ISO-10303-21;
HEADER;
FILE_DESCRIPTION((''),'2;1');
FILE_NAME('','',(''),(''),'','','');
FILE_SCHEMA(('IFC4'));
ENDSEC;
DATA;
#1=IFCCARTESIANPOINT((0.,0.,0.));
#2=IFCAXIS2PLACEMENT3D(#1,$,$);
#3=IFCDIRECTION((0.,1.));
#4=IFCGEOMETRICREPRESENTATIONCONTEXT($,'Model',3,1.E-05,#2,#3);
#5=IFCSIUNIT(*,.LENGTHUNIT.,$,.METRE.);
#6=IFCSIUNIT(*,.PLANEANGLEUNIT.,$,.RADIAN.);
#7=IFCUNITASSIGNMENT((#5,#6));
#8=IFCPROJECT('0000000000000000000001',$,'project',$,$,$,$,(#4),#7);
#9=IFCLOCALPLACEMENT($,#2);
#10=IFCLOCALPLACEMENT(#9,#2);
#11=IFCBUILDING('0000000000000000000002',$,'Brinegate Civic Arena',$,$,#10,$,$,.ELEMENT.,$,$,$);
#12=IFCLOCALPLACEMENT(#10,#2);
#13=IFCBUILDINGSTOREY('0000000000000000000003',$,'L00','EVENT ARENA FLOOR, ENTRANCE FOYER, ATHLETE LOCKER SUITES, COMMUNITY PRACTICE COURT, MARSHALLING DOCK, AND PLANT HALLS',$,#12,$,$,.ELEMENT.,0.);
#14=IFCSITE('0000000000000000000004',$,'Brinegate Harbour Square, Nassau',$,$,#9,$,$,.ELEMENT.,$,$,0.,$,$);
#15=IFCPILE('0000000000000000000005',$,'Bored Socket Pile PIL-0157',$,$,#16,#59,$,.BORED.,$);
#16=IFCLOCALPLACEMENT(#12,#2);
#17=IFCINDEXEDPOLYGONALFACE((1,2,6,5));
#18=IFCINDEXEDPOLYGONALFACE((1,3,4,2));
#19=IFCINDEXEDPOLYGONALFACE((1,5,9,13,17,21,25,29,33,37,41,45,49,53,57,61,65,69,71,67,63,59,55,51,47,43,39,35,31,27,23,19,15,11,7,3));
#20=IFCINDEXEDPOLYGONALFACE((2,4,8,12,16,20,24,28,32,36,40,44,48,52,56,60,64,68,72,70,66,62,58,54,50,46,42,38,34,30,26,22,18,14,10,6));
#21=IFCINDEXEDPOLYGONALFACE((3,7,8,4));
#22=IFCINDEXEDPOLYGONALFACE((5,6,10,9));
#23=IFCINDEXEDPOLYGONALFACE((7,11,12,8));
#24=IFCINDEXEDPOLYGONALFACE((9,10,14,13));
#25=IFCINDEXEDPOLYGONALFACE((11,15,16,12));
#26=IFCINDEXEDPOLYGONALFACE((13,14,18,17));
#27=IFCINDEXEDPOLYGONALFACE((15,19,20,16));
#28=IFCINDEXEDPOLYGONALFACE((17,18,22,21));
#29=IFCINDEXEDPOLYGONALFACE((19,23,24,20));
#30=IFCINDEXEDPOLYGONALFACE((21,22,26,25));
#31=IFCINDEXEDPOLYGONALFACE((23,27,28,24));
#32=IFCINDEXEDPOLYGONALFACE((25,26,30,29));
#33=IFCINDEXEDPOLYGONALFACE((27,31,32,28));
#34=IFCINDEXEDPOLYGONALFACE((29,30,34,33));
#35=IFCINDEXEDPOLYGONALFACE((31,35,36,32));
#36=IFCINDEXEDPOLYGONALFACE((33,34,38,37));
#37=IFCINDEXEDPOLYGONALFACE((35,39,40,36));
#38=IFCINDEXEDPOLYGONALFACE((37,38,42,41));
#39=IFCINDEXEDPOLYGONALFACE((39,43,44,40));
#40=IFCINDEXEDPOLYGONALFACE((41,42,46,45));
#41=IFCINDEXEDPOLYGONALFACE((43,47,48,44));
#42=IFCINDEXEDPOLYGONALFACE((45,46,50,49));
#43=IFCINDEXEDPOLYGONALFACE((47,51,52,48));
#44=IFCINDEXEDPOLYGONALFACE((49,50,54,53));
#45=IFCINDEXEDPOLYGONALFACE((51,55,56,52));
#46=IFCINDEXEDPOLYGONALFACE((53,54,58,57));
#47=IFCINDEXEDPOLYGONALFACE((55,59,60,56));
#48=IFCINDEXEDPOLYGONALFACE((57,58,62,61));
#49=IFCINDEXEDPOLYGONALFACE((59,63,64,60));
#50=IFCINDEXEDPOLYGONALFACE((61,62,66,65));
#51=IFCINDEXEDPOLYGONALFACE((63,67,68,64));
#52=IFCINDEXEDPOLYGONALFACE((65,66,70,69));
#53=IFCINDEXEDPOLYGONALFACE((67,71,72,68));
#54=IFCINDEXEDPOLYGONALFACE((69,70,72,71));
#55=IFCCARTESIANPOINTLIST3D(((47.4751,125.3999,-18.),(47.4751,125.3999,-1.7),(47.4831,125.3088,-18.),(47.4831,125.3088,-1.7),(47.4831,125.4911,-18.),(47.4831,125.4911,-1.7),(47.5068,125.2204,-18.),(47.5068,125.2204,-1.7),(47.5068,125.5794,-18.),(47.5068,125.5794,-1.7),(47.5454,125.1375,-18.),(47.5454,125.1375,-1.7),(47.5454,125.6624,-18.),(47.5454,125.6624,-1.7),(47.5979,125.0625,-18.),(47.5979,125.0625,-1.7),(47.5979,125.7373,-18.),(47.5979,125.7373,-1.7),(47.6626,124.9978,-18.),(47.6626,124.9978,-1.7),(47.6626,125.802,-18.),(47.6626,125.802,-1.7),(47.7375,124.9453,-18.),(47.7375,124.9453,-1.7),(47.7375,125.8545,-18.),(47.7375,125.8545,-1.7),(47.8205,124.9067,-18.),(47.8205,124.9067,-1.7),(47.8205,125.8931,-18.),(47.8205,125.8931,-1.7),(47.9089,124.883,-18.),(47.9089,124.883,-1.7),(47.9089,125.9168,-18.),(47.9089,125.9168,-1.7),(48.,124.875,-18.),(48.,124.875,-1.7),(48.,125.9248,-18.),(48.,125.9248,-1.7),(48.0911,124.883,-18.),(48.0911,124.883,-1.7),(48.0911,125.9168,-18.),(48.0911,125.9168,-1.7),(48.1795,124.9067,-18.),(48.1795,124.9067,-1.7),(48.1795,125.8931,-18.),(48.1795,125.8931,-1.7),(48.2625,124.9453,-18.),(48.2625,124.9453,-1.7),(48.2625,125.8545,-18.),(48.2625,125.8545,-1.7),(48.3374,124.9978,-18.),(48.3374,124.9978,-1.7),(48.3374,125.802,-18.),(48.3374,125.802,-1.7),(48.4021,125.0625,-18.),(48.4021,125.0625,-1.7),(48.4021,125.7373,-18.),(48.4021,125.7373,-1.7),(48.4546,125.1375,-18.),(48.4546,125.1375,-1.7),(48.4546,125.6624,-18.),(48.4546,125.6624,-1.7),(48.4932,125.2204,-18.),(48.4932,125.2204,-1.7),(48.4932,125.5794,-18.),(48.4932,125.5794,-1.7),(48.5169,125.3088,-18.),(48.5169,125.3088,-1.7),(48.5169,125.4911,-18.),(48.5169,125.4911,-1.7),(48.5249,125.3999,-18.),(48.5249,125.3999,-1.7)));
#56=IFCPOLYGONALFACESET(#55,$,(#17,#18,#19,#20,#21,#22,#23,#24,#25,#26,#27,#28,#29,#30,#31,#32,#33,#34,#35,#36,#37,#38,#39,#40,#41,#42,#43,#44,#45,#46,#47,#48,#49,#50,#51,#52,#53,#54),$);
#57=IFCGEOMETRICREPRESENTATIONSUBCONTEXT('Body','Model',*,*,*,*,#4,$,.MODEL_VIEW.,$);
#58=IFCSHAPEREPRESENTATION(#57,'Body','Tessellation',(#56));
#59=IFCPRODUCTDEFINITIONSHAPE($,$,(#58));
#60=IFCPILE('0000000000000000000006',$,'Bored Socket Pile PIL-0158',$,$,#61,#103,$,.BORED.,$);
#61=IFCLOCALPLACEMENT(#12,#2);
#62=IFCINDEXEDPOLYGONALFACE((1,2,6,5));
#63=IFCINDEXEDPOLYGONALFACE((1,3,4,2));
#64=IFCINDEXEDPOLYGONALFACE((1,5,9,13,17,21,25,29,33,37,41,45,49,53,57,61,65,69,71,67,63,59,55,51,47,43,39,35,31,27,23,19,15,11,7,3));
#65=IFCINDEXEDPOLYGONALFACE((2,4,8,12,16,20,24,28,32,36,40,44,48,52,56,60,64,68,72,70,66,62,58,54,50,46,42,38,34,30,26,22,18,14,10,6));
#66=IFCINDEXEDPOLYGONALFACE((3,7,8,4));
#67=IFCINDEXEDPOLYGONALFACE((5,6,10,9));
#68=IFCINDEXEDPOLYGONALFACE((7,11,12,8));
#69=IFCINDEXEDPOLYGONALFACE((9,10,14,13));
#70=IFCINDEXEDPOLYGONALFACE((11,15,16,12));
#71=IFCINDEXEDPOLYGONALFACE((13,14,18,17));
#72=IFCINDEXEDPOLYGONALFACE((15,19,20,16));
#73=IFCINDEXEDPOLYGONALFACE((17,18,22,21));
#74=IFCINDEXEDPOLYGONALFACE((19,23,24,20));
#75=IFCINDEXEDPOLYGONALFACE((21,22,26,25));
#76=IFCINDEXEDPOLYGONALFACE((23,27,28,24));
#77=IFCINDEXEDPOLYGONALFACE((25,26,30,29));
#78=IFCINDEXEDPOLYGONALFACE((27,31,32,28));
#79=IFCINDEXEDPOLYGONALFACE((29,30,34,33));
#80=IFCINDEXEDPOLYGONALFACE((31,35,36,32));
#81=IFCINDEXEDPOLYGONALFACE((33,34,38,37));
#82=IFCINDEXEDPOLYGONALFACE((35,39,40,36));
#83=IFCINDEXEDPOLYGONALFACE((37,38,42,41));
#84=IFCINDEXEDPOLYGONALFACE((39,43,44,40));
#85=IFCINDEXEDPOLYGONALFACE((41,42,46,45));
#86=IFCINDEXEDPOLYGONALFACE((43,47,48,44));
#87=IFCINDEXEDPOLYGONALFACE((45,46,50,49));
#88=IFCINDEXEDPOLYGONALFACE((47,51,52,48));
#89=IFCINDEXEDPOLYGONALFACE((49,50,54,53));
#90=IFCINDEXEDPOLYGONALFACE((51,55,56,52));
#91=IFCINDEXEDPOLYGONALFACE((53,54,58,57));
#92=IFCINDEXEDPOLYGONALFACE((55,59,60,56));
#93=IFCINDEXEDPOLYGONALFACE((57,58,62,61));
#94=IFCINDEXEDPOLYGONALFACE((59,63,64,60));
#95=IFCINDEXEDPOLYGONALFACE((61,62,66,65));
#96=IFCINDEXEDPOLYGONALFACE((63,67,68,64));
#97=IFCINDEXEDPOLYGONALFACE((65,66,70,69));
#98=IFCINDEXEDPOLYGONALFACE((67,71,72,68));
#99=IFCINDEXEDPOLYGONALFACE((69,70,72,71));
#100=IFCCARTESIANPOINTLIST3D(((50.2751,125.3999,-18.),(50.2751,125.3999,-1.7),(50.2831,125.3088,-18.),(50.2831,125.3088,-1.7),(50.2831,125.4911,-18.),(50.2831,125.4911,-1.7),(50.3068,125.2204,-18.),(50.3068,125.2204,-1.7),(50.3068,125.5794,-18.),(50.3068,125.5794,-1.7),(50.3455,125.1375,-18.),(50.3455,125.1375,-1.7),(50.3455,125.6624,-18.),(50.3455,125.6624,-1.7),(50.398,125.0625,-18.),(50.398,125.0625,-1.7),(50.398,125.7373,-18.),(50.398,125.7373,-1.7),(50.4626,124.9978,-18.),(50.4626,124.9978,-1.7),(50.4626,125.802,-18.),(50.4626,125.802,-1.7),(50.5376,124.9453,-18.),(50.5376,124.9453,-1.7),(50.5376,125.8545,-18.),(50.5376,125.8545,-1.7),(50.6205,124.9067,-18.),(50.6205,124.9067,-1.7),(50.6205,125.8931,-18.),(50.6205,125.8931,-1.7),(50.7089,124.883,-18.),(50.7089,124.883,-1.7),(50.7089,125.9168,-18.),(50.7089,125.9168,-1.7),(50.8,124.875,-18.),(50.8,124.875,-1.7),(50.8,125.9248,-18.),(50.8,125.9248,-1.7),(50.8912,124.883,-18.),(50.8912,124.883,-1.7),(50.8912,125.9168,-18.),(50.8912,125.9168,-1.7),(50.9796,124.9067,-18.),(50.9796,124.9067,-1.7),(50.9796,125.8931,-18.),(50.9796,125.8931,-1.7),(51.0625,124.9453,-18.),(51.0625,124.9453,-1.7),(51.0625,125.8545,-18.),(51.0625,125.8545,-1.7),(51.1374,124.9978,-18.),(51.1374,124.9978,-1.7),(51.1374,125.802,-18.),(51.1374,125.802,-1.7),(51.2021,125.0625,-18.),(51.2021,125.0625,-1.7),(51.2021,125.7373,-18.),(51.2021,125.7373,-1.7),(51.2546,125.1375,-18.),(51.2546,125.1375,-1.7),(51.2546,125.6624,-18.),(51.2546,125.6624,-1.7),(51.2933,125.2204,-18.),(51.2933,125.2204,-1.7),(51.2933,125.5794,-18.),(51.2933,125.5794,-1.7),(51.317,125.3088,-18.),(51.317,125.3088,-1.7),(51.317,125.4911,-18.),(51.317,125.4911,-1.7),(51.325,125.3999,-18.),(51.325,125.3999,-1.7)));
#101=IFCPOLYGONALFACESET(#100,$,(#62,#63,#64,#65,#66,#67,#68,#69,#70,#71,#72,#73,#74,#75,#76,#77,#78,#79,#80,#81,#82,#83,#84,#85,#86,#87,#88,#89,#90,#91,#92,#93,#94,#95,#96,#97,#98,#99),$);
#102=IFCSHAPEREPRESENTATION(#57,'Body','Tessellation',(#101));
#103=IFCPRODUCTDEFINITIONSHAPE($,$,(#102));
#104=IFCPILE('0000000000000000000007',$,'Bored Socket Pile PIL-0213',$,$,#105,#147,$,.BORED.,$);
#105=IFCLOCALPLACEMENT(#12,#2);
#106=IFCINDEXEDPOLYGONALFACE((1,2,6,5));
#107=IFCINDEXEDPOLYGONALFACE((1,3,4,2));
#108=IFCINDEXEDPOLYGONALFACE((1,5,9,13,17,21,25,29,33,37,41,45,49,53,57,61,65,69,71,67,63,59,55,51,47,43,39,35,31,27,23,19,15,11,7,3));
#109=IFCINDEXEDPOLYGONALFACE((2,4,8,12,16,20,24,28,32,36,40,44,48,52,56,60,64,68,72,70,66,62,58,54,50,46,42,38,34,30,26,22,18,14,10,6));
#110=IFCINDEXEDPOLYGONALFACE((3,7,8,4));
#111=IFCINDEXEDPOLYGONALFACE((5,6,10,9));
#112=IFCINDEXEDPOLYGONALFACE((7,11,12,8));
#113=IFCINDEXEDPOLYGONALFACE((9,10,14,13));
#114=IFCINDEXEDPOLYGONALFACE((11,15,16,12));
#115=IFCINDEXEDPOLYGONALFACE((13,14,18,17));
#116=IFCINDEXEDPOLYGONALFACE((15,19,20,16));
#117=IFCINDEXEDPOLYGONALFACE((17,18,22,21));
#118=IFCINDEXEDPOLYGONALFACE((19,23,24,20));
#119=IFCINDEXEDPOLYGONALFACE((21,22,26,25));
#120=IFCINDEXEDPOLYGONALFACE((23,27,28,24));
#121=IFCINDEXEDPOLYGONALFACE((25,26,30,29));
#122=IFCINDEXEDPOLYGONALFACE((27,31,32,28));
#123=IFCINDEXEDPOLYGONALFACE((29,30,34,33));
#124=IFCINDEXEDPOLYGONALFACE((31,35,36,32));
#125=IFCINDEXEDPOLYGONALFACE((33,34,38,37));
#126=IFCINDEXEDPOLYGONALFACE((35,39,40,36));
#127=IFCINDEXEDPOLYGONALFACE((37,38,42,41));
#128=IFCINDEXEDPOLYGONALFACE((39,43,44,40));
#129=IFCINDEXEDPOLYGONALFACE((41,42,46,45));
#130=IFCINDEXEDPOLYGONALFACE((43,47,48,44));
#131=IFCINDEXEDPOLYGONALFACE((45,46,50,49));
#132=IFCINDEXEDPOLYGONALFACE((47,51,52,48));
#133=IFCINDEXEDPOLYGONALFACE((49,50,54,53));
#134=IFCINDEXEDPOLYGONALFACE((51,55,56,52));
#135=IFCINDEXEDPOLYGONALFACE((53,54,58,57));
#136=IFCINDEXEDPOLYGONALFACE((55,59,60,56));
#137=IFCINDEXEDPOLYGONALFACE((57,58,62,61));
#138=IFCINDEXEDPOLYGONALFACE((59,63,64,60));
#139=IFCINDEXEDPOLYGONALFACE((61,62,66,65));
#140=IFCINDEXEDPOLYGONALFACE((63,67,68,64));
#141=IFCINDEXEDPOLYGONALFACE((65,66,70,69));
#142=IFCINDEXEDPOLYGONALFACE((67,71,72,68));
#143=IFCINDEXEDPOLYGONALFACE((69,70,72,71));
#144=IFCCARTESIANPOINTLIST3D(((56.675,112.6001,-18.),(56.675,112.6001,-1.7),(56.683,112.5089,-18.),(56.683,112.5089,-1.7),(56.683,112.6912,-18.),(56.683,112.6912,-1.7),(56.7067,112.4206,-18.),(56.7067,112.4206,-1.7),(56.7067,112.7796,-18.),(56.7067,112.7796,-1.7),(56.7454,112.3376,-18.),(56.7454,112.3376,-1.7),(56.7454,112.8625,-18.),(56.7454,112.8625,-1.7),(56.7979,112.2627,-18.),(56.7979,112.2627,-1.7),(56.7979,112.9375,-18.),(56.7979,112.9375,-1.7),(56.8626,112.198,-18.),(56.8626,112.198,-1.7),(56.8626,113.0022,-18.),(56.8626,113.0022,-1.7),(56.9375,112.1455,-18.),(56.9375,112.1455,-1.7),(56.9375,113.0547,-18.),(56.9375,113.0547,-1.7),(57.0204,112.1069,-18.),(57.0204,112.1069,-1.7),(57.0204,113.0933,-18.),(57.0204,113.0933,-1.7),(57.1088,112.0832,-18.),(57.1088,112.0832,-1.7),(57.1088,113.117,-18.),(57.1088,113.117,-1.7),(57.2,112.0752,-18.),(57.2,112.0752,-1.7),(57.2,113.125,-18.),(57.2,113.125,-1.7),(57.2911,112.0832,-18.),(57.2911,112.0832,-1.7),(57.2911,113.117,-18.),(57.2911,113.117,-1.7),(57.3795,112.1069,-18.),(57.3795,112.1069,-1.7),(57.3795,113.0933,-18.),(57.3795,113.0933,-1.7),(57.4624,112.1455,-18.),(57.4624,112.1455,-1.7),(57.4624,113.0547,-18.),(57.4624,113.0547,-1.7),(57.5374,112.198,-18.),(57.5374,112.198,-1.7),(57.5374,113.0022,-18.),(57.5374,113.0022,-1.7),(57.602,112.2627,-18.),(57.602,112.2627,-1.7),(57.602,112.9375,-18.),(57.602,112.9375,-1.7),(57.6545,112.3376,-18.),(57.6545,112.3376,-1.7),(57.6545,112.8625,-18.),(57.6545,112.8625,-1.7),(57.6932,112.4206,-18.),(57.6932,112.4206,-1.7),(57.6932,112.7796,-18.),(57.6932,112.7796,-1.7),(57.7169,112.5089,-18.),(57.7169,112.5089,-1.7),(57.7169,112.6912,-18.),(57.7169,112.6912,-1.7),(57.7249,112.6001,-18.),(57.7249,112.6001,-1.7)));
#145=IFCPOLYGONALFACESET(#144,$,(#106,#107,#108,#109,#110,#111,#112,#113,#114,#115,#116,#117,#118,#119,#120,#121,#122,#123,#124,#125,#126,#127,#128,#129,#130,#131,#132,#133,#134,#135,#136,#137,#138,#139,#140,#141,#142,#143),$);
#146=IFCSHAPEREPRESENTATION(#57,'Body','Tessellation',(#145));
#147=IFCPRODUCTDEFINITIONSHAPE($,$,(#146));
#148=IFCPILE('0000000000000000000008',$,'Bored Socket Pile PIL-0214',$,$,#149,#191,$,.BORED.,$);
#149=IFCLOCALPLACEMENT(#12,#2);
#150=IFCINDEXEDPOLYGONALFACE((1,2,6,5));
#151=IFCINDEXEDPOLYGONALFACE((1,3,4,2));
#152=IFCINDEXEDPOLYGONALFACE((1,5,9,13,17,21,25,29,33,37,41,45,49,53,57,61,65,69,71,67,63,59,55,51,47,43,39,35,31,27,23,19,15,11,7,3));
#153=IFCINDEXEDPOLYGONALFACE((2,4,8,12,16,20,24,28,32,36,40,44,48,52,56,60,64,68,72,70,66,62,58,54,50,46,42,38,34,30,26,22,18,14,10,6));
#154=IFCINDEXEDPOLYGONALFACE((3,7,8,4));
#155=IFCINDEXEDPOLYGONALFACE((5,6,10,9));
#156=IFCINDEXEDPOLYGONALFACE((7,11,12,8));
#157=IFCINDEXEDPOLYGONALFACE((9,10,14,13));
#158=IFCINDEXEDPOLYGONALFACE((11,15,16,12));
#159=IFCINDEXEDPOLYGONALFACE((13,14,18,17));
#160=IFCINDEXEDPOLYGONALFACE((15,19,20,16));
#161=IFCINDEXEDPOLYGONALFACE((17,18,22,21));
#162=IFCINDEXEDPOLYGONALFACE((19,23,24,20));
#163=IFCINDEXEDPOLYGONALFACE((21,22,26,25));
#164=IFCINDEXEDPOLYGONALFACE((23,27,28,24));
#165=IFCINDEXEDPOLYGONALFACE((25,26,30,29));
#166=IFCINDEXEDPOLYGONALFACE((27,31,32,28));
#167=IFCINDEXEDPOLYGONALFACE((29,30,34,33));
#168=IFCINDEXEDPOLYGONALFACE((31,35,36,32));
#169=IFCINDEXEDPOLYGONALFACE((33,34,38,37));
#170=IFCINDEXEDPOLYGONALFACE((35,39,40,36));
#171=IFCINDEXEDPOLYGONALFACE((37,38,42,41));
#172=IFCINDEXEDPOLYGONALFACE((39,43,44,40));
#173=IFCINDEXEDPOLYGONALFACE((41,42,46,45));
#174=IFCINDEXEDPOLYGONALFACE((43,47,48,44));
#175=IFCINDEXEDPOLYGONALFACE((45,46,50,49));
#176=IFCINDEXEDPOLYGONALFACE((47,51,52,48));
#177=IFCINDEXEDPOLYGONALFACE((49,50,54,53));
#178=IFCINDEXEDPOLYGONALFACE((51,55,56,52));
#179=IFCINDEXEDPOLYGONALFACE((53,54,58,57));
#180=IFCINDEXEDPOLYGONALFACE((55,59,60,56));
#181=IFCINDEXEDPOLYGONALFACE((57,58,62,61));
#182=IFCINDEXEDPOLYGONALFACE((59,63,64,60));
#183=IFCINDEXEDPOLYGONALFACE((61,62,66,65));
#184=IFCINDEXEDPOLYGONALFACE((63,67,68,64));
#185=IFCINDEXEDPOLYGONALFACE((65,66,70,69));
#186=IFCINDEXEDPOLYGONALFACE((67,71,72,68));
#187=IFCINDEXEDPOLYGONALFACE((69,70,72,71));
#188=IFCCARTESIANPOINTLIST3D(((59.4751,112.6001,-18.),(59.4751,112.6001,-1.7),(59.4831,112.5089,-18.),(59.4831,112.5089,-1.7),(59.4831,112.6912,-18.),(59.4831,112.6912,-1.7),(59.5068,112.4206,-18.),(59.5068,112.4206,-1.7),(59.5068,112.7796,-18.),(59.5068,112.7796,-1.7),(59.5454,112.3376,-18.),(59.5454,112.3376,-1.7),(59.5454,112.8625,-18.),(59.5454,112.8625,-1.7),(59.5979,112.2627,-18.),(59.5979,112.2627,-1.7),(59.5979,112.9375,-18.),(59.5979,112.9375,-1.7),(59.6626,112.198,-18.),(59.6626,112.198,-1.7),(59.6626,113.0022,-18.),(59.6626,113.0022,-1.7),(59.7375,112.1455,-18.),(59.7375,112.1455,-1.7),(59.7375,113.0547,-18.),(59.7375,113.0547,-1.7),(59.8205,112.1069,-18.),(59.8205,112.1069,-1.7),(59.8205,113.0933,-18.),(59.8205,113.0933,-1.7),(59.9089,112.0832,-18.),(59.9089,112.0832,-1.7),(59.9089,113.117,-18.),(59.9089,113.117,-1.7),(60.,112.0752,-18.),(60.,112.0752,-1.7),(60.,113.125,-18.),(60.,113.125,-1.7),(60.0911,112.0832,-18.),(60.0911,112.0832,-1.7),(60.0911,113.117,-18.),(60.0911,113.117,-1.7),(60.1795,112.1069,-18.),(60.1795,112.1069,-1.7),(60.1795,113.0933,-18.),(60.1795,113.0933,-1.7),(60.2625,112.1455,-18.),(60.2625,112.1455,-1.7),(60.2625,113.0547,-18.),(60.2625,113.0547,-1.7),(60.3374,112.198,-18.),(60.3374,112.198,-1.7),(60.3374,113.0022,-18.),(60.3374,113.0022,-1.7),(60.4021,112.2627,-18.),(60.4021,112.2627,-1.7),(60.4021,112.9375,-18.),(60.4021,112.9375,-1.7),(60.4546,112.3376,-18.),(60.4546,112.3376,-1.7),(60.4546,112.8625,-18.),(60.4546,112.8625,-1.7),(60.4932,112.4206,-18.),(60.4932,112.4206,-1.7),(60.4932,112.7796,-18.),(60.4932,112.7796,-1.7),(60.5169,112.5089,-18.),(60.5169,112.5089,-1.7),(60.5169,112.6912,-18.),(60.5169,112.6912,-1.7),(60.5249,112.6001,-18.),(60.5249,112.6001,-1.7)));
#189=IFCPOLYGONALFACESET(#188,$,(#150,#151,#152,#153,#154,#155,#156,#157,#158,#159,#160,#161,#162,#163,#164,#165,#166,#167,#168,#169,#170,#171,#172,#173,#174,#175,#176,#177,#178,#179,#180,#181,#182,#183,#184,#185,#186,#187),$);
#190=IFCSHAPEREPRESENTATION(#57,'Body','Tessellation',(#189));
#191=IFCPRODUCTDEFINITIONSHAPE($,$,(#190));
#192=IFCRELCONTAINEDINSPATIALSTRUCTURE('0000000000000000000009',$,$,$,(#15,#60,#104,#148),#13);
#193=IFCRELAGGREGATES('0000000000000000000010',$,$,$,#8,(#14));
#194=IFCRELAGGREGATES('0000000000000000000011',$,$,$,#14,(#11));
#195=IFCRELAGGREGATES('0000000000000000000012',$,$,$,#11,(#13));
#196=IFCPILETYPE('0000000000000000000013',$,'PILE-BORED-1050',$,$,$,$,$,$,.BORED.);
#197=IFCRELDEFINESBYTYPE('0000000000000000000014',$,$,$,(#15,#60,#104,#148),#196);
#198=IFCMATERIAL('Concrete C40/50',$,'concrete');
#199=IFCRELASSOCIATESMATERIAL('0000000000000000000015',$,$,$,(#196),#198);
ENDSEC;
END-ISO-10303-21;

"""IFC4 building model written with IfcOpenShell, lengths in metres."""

from ifc_helpers import new_model, si_unit, direction, frame, origin, origin_2d, place, context, subcontext, project, spatial, circle, extrude, material, material_profile, profile_set, type_object, element, save


model = new_model("IFC4")

# Units and contexts
model_context = context("Model", 3, precision=1e-05, world=origin(), true_north=direction((0.0, 1.0)))
body_context = subcontext(model_context, "Body", "Model", "MODEL_VIEW")
ifc_project = project(units=[si_unit("LENGTHUNIT", "METRE"), si_unit("PLANEANGLEUNIT", "RADIAN")], contexts=[model_context])

# Site, building, storey
site_placement = place(None, origin())
site = spatial("IfcSite", under=ifc_project, at=site_placement, Name="Brinegate Harbour Square, Nassau", CompositionType="ELEMENT", RefElevation=0.0)
building_placement = place(site_placement, origin())
building = spatial("IfcBuilding", under=site, at=building_placement, Name="Brinegate Civic Arena", CompositionType="ELEMENT")
storey_placement = place(building_placement, origin())
storey = spatial("IfcBuildingStorey", under=building, at=storey_placement, Name="L00", Description="EVENT ARENA FLOOR, ENTRANCE FOYER, ATHLETE LOCKER SUITES, COMMUNITY PRACTICE COURT, MARSHALLING DOCK, AND PLANT HALLS", CompositionType="ELEMENT", Elevation=0.0)

# Shared definitions
ifc_material_1 = material(Name="Concrete C40/50", Category="concrete")

# Piles
ifc_material_profile_1 = material_profile(ifc_material_1, circle(Radius=0.5249, at=origin_2d()), Name="PILED1050")
ifc_profile_set_1 = profile_set([ifc_material_profile_1], Name="Concrete C40/50")
pile_type_1 = type_object("IfcPileType", Name="PILE-BORED-1050", PredefinedType="BORED", material=ifc_profile_set_1)
for number, where, z_axis, x_axis, name in (
    (1, (48.0, 125.3999, -1.7), (0.0, 0.0, -1.0), (1.0, 0.0, 0.0), "Bored Socket Pile PIL-0157"),
    (2, (50.8, 125.3999, -1.7), (0.0, 0.0, -1.0), (1.0, 0.0, 0.0), "Bored Socket Pile PIL-0158"),
    (3, (57.2, 112.6001, -1.7), (0.0, 0.0, -1.0), (1.0, 0.0, 0.0), "Bored Socket Pile PIL-0213"),
    (4, (60.0, 112.6001, -1.7), (0.0, 0.0, -1.0), (1.0, 0.0, 0.0), "Bored Socket Pile PIL-0214"),
):
    element("IfcPile", number, at=place(storey_placement, frame(where, z_axis=z_axis, x_axis=x_axis)), inside=storey, type_object=pile_type_1, Name=name, PredefinedType="BORED", context=body_context, shape_type="SweptSolid", body=[
        extrude(circle(Radius=0.5249, at=origin_2d()), origin(), (0.0, 0.0, 1.0), 16.3),
    ])

save(model, "model.ifc")
